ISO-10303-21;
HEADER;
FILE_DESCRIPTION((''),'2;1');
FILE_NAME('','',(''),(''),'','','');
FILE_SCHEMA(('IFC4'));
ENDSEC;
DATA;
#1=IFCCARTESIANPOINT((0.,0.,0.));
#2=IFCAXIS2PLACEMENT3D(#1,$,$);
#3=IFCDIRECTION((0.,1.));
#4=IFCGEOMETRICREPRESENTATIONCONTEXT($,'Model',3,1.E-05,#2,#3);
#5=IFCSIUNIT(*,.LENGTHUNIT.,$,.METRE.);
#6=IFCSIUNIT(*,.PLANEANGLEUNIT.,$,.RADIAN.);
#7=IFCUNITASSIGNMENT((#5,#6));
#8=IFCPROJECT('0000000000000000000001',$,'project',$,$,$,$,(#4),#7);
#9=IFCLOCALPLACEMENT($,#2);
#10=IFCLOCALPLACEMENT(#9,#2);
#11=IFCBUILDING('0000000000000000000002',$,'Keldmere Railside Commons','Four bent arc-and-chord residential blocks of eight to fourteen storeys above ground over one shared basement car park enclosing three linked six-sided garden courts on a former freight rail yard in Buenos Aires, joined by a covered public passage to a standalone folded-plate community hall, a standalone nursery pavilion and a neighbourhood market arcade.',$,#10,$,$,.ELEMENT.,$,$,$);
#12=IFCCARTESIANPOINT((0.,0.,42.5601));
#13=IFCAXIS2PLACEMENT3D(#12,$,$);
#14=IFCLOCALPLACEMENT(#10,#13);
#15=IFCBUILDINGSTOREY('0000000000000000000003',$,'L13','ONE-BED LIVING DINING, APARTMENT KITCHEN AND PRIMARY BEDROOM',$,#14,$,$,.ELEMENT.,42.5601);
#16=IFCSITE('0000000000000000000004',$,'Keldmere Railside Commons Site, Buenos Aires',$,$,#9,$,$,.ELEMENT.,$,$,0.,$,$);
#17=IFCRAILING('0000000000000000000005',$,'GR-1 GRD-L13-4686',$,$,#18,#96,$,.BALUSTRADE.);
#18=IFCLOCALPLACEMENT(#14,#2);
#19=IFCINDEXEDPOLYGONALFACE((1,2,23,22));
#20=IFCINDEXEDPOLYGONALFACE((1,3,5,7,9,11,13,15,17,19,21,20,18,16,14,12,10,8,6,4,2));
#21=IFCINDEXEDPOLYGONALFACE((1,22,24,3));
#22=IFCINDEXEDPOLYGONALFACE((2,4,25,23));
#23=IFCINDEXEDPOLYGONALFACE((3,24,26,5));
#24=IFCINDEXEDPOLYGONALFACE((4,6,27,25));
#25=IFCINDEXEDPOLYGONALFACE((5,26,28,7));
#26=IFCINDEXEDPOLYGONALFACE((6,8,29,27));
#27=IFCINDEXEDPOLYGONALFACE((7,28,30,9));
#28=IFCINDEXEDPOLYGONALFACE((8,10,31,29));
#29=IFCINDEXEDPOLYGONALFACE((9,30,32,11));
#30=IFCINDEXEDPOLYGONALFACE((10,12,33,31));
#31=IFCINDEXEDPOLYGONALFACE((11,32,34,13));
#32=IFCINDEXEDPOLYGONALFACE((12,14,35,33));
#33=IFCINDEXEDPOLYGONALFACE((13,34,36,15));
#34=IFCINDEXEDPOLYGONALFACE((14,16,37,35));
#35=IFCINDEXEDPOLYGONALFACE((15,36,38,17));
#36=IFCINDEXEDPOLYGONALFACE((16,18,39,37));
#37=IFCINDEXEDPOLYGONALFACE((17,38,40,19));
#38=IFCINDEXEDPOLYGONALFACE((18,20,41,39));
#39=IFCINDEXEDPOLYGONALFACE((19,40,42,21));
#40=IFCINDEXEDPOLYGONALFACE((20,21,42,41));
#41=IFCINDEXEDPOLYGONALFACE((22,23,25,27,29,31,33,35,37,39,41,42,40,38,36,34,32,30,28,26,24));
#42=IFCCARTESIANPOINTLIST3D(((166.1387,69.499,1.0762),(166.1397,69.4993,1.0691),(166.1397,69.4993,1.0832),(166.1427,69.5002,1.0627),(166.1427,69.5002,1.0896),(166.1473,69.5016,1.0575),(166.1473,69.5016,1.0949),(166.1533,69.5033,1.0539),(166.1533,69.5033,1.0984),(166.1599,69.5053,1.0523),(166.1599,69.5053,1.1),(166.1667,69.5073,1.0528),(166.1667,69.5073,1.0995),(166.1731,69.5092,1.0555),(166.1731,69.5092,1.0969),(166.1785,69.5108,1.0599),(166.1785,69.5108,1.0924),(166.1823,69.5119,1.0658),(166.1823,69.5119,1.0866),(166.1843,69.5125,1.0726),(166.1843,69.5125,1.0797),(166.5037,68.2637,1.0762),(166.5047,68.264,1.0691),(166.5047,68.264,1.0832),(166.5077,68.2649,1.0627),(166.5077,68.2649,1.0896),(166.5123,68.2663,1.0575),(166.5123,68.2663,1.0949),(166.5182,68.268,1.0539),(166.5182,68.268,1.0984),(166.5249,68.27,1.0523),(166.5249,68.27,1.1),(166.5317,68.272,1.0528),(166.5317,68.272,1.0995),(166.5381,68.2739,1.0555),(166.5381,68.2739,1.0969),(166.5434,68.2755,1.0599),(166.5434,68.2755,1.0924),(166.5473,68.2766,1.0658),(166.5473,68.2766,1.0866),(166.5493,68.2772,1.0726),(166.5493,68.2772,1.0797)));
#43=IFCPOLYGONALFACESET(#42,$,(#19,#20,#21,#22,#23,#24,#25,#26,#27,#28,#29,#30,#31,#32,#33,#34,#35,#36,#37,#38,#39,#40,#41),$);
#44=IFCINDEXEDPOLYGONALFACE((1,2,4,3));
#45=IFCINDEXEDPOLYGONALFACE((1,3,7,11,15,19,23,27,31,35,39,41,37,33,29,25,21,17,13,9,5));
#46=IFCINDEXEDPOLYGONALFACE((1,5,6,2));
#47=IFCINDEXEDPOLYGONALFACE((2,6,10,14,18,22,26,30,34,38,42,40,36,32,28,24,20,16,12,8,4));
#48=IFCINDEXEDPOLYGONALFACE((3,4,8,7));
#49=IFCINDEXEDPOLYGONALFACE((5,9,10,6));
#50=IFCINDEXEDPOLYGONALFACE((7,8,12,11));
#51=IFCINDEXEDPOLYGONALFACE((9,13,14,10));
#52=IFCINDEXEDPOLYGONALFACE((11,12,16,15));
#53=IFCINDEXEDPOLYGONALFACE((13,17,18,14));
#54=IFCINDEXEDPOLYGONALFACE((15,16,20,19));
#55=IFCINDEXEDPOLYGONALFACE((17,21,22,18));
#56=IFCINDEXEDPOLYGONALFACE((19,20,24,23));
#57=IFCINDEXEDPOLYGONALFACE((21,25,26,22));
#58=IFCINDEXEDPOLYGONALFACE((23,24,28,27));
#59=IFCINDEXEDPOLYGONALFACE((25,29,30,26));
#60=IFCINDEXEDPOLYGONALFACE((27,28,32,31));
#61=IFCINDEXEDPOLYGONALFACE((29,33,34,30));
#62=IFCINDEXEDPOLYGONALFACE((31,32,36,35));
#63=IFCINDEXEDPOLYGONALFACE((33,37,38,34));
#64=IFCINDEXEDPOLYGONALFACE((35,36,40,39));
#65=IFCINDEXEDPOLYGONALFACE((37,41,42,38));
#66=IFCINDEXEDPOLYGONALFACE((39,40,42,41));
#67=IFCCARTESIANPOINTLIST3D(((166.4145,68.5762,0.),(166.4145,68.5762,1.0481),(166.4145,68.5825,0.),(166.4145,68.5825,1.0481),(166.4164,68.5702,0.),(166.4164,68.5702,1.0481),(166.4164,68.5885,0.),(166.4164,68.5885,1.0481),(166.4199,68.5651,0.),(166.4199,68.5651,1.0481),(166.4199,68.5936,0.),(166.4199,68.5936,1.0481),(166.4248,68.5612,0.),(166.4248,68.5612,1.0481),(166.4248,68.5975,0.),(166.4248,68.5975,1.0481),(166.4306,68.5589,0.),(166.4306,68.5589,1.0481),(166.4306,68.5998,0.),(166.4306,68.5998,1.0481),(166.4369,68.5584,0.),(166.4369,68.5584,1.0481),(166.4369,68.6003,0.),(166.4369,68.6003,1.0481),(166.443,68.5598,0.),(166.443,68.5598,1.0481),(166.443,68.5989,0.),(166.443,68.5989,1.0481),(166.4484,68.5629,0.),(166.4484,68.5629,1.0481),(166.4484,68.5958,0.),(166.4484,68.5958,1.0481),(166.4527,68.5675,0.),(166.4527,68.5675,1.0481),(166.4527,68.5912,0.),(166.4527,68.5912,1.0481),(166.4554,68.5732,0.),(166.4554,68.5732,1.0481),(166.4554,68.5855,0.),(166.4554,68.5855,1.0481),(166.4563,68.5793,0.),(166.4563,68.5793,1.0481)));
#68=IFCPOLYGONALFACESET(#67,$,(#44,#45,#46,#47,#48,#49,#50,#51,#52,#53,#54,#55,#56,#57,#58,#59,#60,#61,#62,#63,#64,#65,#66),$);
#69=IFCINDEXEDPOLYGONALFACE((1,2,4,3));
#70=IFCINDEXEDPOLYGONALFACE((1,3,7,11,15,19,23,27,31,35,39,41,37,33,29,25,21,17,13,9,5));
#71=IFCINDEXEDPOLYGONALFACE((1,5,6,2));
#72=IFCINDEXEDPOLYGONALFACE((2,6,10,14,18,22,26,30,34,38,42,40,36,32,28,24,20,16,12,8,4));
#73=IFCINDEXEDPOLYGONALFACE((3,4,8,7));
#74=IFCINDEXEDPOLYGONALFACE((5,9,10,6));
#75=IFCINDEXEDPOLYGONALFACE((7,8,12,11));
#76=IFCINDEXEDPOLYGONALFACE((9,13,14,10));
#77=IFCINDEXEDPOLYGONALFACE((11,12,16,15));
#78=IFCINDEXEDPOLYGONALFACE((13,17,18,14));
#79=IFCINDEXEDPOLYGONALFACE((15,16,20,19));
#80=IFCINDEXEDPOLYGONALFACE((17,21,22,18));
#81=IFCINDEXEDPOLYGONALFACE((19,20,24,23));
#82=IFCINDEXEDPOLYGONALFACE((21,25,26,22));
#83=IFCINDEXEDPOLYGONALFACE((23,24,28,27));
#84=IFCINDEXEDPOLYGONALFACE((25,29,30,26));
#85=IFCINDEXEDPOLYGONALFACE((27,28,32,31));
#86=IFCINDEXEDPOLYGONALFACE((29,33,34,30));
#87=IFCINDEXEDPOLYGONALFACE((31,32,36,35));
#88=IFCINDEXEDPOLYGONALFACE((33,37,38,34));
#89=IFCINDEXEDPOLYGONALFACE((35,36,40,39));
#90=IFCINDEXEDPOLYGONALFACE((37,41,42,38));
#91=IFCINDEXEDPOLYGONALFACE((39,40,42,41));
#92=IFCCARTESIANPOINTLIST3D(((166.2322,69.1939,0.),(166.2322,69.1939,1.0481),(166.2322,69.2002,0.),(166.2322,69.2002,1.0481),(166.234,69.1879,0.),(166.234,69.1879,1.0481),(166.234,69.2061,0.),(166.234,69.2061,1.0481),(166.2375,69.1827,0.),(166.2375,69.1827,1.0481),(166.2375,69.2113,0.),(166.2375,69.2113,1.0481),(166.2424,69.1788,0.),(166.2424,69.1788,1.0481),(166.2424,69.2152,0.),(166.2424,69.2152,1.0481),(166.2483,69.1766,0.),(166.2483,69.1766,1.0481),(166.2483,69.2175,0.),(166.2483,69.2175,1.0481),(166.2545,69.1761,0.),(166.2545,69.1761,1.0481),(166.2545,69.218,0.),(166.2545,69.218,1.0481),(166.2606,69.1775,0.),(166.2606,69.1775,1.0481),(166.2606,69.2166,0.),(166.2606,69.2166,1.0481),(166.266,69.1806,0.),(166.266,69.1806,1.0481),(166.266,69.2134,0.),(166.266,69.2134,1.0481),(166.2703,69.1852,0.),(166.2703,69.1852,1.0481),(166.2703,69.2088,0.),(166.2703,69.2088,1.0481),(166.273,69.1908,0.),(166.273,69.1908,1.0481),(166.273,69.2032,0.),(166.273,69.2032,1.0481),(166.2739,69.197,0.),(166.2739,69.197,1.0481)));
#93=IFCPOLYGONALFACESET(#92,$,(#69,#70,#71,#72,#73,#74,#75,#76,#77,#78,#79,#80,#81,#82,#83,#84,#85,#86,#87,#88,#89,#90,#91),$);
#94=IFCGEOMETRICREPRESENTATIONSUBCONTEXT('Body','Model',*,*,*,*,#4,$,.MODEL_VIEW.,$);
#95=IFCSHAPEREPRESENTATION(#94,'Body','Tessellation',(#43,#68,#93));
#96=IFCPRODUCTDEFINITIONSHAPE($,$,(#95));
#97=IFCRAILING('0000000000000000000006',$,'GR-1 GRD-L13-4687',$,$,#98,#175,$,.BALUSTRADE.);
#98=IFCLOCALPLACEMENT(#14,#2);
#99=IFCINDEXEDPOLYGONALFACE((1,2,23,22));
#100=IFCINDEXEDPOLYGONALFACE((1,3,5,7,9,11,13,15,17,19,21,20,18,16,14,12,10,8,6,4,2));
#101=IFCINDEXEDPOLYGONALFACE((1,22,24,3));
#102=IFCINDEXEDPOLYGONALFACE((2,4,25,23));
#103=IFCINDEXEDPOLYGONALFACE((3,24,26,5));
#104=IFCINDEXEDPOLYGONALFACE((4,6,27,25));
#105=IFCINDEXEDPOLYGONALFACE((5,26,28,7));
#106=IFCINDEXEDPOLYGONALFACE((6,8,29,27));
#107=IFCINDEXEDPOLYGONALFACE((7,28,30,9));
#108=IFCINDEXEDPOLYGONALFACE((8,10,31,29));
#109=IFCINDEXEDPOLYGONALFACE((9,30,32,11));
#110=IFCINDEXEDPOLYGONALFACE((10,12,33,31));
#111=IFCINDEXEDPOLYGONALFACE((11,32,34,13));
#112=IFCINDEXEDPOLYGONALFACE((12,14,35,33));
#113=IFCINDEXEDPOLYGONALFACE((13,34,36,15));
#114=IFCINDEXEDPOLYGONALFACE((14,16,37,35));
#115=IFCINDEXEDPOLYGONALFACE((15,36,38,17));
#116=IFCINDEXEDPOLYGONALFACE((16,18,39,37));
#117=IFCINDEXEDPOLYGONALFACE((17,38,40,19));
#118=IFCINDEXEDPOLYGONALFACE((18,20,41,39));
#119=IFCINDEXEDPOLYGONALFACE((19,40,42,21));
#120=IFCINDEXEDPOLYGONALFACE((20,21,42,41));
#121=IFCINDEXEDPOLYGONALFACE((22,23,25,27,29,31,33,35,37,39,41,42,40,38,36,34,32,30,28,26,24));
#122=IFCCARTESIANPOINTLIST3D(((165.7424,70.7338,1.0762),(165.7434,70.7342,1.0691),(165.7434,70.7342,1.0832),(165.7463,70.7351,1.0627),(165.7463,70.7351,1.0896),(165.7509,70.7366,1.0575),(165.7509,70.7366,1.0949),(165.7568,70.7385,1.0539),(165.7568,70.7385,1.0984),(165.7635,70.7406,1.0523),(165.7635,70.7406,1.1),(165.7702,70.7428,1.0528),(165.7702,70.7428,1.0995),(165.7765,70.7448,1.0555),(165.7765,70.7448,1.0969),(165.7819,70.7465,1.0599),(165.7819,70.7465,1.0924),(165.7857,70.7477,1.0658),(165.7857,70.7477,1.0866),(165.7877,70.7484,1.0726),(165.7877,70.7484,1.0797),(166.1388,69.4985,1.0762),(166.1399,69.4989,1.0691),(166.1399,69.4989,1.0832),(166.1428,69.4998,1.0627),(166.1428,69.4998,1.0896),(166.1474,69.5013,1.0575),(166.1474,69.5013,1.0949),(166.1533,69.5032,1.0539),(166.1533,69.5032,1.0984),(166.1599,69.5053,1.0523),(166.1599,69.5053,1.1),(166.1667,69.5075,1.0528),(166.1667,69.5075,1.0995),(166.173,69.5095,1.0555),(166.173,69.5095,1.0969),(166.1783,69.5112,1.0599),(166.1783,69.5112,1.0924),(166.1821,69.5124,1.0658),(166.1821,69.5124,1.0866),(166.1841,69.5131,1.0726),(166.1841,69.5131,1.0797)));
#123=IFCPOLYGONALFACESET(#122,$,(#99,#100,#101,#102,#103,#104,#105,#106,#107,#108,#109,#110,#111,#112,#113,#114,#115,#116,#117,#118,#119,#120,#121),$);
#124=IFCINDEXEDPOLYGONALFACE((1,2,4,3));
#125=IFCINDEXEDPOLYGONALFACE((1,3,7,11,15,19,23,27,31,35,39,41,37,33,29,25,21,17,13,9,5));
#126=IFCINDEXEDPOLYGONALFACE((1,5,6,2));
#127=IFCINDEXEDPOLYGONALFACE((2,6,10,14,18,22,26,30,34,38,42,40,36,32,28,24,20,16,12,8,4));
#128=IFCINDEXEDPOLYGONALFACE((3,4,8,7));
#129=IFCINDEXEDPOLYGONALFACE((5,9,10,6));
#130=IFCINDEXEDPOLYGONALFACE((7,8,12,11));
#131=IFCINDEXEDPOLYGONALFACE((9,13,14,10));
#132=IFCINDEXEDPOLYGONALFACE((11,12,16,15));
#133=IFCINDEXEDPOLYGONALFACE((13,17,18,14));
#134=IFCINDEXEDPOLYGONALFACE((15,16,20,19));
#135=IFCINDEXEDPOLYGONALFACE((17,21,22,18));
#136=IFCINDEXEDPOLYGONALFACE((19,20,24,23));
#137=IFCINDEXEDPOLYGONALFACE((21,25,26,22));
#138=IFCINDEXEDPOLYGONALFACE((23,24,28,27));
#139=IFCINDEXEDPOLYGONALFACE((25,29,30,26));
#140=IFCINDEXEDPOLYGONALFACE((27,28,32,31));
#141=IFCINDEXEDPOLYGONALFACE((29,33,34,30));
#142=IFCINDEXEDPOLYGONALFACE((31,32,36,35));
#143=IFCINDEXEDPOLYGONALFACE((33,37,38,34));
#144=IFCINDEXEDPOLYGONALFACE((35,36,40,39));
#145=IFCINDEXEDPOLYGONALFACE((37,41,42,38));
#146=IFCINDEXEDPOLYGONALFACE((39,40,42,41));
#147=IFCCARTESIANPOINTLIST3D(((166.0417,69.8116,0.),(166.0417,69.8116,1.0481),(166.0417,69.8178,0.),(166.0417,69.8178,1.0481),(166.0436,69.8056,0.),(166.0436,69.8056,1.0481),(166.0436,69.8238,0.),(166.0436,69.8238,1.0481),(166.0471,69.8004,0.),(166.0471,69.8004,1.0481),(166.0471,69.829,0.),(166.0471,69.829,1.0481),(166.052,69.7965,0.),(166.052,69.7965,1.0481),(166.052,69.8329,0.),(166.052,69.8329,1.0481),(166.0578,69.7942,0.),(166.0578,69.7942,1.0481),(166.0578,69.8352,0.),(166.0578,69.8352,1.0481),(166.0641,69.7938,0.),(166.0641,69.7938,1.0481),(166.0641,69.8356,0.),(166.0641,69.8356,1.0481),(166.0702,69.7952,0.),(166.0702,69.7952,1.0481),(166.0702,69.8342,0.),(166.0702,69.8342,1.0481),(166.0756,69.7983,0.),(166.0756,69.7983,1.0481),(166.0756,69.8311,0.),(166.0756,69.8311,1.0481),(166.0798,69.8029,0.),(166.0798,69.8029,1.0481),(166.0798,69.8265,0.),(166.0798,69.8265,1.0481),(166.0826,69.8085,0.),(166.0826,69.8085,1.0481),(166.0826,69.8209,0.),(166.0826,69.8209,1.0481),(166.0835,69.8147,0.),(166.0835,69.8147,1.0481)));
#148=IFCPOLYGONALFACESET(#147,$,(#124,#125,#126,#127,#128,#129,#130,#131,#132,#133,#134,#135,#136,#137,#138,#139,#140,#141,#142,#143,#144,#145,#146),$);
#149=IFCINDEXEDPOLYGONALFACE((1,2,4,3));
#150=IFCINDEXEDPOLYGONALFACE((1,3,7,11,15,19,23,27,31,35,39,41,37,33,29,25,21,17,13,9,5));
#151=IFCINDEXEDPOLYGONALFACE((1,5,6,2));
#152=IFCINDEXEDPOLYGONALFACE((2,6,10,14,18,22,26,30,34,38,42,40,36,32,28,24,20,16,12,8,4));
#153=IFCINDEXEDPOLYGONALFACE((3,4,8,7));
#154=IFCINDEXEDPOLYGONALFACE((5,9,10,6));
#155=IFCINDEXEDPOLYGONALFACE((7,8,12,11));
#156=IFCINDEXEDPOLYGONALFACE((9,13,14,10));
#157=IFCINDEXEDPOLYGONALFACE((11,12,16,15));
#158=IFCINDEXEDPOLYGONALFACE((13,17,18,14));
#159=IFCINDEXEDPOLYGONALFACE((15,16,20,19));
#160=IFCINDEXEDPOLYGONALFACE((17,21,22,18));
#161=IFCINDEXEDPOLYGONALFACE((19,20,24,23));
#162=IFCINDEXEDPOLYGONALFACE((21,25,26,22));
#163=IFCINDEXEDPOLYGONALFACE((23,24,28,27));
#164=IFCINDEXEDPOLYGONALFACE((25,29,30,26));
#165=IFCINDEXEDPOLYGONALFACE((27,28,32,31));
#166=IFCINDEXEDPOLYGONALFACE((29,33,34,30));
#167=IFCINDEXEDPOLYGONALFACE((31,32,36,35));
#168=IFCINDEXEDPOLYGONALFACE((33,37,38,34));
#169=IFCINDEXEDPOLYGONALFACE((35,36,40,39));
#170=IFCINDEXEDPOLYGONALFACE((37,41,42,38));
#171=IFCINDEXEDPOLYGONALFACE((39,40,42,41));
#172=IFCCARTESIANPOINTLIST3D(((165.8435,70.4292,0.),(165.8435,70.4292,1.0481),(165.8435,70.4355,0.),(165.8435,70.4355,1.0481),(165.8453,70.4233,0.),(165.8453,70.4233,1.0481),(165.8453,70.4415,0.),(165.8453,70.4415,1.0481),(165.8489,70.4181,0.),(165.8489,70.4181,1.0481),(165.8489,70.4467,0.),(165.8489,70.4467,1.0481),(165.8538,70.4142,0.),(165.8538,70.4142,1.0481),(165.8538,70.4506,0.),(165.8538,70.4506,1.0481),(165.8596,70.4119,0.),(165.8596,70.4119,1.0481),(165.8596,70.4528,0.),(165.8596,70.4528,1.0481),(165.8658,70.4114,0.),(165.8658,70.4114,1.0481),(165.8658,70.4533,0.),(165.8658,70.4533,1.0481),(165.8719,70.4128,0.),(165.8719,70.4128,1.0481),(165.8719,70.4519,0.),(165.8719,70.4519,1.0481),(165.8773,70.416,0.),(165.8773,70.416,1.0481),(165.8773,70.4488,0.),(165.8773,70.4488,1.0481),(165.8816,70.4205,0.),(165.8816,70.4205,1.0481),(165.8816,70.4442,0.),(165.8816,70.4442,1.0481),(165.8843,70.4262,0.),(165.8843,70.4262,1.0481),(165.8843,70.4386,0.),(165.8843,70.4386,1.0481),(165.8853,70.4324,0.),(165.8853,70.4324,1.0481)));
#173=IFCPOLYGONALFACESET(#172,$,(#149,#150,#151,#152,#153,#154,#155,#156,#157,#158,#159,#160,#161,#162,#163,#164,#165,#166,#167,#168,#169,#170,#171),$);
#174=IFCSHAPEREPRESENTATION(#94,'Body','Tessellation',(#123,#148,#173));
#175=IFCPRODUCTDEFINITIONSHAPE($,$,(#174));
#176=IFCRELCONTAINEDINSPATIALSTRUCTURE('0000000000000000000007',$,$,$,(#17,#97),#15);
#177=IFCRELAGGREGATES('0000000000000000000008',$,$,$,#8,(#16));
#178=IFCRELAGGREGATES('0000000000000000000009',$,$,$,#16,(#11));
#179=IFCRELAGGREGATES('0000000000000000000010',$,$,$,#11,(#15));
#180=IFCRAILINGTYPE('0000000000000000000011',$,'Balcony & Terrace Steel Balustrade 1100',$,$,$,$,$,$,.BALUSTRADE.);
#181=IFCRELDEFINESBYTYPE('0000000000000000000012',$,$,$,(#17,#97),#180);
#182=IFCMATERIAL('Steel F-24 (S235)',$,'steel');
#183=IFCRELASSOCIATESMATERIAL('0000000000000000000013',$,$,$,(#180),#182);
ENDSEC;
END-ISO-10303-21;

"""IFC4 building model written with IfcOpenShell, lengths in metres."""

from ifc_helpers import new_model, si_unit, direction, frame, origin, origin_2d, place, context, subcontext, project, spatial, circle, extrude, material, type_object, element, save


model = new_model("IFC4")

# Units and contexts
model_context = context("Model", 3, precision=1e-05, world=origin(), true_north=direction((0.0, 1.0)))
body_context = subcontext(model_context, "Body", "Model", "MODEL_VIEW")
ifc_project = project(units=[si_unit("LENGTHUNIT", "METRE"), si_unit("PLANEANGLEUNIT", "RADIAN")], contexts=[model_context])

# Site, building, storey
site_placement = place(None, origin())
site = spatial("IfcSite", under=ifc_project, at=site_placement, Name="Keldmere Railside Commons Site, Buenos Aires", CompositionType="ELEMENT", RefElevation=0.0)
building_placement = place(site_placement, origin())
building = spatial("IfcBuilding", under=site, at=building_placement, Name="Keldmere Railside Commons", Description="Four bent arc-and-chord residential blocks of eight to fourteen storeys above ground over one shared basement car park enclosing three linked six-sided garden courts on a former freight rail yard in Buenos Aires, joined by a covered public passage to a standalone folded-plate community hall, a standalone nursery pavilion and a neighbourhood market arcade.", CompositionType="ELEMENT")
storey_placement = place(building_placement, frame((0.0, 0.0, 42.5601)))
storey = spatial("IfcBuildingStorey", under=building, at=storey_placement, Name="L13", Description="ONE-BED LIVING DINING, APARTMENT KITCHEN AND PRIMARY BEDROOM", CompositionType="ELEMENT", Elevation=42.5601)

# Railings
ifc_material_1 = material(Name="Steel F-24 (S235)", Category="steel")
railing_type = type_object("IfcRailingType", Name="Balcony & Terrace Steel Balustrade 1100", PredefinedType="BALUSTRADE", material=ifc_material_1)
railing_1_placement = place(storey_placement, frame((166.5266, 68.2705, 0.0)))
element("IfcRailing", 1, at=railing_1_placement, inside=storey, type_object=railing_type, Name="GR-1 GRD-L13-4686", PredefinedType="BALUSTRADE", context=body_context, shape_type="SweptSolid", body=[
    extrude(circle(Radius=0.0239, at=origin_2d()), frame((0.0, 0.0, 1.0762), z_axis=(-0.283346, 0.959018, 0.0), x_axis=(-0.959018, -0.283346, 0.0)), (0.0, 0.0, 1.0), 1.2881),
    extrude(circle(Radius=0.021, at=origin_2d()), frame((-0.0913, 0.3088, 0.0)), (0.0, 0.0, 1.0), 1.0481),
    extrude(circle(Radius=0.021, at=origin_2d()), frame((-0.2737, 0.9265, 0.0)), (0.0, 0.0, 1.0), 1.0481),
])
railing_2_placement = place(storey_placement, frame((166.1616, 69.5059, 0.0)))
element("IfcRailing", 2, at=railing_2_placement, inside=storey, type_object=railing_type, Name="GR-1 GRD-L13-4687", PredefinedType="BALUSTRADE", context=body_context, shape_type="SweptSolid", body=[
    extrude(circle(Radius=0.0239, at=origin_2d()), frame((0.0, 0.0, 1.0762), z_axis=(-0.305595, 0.952162, 0.0), x_axis=(-0.952162, -0.305595, 0.0)), (0.0, 0.0, 1.0), 1.2974),
    extrude(circle(Radius=0.021, at=origin_2d()), frame((-0.0991, 0.3088, 0.0)), (0.0, 0.0, 1.0), 1.0481),
    extrude(circle(Radius=0.021, at=origin_2d()), frame((-0.2974, 0.9265, 0.0)), (0.0, 0.0, 1.0), 1.0481),
])

save(model, "model.ifc")
